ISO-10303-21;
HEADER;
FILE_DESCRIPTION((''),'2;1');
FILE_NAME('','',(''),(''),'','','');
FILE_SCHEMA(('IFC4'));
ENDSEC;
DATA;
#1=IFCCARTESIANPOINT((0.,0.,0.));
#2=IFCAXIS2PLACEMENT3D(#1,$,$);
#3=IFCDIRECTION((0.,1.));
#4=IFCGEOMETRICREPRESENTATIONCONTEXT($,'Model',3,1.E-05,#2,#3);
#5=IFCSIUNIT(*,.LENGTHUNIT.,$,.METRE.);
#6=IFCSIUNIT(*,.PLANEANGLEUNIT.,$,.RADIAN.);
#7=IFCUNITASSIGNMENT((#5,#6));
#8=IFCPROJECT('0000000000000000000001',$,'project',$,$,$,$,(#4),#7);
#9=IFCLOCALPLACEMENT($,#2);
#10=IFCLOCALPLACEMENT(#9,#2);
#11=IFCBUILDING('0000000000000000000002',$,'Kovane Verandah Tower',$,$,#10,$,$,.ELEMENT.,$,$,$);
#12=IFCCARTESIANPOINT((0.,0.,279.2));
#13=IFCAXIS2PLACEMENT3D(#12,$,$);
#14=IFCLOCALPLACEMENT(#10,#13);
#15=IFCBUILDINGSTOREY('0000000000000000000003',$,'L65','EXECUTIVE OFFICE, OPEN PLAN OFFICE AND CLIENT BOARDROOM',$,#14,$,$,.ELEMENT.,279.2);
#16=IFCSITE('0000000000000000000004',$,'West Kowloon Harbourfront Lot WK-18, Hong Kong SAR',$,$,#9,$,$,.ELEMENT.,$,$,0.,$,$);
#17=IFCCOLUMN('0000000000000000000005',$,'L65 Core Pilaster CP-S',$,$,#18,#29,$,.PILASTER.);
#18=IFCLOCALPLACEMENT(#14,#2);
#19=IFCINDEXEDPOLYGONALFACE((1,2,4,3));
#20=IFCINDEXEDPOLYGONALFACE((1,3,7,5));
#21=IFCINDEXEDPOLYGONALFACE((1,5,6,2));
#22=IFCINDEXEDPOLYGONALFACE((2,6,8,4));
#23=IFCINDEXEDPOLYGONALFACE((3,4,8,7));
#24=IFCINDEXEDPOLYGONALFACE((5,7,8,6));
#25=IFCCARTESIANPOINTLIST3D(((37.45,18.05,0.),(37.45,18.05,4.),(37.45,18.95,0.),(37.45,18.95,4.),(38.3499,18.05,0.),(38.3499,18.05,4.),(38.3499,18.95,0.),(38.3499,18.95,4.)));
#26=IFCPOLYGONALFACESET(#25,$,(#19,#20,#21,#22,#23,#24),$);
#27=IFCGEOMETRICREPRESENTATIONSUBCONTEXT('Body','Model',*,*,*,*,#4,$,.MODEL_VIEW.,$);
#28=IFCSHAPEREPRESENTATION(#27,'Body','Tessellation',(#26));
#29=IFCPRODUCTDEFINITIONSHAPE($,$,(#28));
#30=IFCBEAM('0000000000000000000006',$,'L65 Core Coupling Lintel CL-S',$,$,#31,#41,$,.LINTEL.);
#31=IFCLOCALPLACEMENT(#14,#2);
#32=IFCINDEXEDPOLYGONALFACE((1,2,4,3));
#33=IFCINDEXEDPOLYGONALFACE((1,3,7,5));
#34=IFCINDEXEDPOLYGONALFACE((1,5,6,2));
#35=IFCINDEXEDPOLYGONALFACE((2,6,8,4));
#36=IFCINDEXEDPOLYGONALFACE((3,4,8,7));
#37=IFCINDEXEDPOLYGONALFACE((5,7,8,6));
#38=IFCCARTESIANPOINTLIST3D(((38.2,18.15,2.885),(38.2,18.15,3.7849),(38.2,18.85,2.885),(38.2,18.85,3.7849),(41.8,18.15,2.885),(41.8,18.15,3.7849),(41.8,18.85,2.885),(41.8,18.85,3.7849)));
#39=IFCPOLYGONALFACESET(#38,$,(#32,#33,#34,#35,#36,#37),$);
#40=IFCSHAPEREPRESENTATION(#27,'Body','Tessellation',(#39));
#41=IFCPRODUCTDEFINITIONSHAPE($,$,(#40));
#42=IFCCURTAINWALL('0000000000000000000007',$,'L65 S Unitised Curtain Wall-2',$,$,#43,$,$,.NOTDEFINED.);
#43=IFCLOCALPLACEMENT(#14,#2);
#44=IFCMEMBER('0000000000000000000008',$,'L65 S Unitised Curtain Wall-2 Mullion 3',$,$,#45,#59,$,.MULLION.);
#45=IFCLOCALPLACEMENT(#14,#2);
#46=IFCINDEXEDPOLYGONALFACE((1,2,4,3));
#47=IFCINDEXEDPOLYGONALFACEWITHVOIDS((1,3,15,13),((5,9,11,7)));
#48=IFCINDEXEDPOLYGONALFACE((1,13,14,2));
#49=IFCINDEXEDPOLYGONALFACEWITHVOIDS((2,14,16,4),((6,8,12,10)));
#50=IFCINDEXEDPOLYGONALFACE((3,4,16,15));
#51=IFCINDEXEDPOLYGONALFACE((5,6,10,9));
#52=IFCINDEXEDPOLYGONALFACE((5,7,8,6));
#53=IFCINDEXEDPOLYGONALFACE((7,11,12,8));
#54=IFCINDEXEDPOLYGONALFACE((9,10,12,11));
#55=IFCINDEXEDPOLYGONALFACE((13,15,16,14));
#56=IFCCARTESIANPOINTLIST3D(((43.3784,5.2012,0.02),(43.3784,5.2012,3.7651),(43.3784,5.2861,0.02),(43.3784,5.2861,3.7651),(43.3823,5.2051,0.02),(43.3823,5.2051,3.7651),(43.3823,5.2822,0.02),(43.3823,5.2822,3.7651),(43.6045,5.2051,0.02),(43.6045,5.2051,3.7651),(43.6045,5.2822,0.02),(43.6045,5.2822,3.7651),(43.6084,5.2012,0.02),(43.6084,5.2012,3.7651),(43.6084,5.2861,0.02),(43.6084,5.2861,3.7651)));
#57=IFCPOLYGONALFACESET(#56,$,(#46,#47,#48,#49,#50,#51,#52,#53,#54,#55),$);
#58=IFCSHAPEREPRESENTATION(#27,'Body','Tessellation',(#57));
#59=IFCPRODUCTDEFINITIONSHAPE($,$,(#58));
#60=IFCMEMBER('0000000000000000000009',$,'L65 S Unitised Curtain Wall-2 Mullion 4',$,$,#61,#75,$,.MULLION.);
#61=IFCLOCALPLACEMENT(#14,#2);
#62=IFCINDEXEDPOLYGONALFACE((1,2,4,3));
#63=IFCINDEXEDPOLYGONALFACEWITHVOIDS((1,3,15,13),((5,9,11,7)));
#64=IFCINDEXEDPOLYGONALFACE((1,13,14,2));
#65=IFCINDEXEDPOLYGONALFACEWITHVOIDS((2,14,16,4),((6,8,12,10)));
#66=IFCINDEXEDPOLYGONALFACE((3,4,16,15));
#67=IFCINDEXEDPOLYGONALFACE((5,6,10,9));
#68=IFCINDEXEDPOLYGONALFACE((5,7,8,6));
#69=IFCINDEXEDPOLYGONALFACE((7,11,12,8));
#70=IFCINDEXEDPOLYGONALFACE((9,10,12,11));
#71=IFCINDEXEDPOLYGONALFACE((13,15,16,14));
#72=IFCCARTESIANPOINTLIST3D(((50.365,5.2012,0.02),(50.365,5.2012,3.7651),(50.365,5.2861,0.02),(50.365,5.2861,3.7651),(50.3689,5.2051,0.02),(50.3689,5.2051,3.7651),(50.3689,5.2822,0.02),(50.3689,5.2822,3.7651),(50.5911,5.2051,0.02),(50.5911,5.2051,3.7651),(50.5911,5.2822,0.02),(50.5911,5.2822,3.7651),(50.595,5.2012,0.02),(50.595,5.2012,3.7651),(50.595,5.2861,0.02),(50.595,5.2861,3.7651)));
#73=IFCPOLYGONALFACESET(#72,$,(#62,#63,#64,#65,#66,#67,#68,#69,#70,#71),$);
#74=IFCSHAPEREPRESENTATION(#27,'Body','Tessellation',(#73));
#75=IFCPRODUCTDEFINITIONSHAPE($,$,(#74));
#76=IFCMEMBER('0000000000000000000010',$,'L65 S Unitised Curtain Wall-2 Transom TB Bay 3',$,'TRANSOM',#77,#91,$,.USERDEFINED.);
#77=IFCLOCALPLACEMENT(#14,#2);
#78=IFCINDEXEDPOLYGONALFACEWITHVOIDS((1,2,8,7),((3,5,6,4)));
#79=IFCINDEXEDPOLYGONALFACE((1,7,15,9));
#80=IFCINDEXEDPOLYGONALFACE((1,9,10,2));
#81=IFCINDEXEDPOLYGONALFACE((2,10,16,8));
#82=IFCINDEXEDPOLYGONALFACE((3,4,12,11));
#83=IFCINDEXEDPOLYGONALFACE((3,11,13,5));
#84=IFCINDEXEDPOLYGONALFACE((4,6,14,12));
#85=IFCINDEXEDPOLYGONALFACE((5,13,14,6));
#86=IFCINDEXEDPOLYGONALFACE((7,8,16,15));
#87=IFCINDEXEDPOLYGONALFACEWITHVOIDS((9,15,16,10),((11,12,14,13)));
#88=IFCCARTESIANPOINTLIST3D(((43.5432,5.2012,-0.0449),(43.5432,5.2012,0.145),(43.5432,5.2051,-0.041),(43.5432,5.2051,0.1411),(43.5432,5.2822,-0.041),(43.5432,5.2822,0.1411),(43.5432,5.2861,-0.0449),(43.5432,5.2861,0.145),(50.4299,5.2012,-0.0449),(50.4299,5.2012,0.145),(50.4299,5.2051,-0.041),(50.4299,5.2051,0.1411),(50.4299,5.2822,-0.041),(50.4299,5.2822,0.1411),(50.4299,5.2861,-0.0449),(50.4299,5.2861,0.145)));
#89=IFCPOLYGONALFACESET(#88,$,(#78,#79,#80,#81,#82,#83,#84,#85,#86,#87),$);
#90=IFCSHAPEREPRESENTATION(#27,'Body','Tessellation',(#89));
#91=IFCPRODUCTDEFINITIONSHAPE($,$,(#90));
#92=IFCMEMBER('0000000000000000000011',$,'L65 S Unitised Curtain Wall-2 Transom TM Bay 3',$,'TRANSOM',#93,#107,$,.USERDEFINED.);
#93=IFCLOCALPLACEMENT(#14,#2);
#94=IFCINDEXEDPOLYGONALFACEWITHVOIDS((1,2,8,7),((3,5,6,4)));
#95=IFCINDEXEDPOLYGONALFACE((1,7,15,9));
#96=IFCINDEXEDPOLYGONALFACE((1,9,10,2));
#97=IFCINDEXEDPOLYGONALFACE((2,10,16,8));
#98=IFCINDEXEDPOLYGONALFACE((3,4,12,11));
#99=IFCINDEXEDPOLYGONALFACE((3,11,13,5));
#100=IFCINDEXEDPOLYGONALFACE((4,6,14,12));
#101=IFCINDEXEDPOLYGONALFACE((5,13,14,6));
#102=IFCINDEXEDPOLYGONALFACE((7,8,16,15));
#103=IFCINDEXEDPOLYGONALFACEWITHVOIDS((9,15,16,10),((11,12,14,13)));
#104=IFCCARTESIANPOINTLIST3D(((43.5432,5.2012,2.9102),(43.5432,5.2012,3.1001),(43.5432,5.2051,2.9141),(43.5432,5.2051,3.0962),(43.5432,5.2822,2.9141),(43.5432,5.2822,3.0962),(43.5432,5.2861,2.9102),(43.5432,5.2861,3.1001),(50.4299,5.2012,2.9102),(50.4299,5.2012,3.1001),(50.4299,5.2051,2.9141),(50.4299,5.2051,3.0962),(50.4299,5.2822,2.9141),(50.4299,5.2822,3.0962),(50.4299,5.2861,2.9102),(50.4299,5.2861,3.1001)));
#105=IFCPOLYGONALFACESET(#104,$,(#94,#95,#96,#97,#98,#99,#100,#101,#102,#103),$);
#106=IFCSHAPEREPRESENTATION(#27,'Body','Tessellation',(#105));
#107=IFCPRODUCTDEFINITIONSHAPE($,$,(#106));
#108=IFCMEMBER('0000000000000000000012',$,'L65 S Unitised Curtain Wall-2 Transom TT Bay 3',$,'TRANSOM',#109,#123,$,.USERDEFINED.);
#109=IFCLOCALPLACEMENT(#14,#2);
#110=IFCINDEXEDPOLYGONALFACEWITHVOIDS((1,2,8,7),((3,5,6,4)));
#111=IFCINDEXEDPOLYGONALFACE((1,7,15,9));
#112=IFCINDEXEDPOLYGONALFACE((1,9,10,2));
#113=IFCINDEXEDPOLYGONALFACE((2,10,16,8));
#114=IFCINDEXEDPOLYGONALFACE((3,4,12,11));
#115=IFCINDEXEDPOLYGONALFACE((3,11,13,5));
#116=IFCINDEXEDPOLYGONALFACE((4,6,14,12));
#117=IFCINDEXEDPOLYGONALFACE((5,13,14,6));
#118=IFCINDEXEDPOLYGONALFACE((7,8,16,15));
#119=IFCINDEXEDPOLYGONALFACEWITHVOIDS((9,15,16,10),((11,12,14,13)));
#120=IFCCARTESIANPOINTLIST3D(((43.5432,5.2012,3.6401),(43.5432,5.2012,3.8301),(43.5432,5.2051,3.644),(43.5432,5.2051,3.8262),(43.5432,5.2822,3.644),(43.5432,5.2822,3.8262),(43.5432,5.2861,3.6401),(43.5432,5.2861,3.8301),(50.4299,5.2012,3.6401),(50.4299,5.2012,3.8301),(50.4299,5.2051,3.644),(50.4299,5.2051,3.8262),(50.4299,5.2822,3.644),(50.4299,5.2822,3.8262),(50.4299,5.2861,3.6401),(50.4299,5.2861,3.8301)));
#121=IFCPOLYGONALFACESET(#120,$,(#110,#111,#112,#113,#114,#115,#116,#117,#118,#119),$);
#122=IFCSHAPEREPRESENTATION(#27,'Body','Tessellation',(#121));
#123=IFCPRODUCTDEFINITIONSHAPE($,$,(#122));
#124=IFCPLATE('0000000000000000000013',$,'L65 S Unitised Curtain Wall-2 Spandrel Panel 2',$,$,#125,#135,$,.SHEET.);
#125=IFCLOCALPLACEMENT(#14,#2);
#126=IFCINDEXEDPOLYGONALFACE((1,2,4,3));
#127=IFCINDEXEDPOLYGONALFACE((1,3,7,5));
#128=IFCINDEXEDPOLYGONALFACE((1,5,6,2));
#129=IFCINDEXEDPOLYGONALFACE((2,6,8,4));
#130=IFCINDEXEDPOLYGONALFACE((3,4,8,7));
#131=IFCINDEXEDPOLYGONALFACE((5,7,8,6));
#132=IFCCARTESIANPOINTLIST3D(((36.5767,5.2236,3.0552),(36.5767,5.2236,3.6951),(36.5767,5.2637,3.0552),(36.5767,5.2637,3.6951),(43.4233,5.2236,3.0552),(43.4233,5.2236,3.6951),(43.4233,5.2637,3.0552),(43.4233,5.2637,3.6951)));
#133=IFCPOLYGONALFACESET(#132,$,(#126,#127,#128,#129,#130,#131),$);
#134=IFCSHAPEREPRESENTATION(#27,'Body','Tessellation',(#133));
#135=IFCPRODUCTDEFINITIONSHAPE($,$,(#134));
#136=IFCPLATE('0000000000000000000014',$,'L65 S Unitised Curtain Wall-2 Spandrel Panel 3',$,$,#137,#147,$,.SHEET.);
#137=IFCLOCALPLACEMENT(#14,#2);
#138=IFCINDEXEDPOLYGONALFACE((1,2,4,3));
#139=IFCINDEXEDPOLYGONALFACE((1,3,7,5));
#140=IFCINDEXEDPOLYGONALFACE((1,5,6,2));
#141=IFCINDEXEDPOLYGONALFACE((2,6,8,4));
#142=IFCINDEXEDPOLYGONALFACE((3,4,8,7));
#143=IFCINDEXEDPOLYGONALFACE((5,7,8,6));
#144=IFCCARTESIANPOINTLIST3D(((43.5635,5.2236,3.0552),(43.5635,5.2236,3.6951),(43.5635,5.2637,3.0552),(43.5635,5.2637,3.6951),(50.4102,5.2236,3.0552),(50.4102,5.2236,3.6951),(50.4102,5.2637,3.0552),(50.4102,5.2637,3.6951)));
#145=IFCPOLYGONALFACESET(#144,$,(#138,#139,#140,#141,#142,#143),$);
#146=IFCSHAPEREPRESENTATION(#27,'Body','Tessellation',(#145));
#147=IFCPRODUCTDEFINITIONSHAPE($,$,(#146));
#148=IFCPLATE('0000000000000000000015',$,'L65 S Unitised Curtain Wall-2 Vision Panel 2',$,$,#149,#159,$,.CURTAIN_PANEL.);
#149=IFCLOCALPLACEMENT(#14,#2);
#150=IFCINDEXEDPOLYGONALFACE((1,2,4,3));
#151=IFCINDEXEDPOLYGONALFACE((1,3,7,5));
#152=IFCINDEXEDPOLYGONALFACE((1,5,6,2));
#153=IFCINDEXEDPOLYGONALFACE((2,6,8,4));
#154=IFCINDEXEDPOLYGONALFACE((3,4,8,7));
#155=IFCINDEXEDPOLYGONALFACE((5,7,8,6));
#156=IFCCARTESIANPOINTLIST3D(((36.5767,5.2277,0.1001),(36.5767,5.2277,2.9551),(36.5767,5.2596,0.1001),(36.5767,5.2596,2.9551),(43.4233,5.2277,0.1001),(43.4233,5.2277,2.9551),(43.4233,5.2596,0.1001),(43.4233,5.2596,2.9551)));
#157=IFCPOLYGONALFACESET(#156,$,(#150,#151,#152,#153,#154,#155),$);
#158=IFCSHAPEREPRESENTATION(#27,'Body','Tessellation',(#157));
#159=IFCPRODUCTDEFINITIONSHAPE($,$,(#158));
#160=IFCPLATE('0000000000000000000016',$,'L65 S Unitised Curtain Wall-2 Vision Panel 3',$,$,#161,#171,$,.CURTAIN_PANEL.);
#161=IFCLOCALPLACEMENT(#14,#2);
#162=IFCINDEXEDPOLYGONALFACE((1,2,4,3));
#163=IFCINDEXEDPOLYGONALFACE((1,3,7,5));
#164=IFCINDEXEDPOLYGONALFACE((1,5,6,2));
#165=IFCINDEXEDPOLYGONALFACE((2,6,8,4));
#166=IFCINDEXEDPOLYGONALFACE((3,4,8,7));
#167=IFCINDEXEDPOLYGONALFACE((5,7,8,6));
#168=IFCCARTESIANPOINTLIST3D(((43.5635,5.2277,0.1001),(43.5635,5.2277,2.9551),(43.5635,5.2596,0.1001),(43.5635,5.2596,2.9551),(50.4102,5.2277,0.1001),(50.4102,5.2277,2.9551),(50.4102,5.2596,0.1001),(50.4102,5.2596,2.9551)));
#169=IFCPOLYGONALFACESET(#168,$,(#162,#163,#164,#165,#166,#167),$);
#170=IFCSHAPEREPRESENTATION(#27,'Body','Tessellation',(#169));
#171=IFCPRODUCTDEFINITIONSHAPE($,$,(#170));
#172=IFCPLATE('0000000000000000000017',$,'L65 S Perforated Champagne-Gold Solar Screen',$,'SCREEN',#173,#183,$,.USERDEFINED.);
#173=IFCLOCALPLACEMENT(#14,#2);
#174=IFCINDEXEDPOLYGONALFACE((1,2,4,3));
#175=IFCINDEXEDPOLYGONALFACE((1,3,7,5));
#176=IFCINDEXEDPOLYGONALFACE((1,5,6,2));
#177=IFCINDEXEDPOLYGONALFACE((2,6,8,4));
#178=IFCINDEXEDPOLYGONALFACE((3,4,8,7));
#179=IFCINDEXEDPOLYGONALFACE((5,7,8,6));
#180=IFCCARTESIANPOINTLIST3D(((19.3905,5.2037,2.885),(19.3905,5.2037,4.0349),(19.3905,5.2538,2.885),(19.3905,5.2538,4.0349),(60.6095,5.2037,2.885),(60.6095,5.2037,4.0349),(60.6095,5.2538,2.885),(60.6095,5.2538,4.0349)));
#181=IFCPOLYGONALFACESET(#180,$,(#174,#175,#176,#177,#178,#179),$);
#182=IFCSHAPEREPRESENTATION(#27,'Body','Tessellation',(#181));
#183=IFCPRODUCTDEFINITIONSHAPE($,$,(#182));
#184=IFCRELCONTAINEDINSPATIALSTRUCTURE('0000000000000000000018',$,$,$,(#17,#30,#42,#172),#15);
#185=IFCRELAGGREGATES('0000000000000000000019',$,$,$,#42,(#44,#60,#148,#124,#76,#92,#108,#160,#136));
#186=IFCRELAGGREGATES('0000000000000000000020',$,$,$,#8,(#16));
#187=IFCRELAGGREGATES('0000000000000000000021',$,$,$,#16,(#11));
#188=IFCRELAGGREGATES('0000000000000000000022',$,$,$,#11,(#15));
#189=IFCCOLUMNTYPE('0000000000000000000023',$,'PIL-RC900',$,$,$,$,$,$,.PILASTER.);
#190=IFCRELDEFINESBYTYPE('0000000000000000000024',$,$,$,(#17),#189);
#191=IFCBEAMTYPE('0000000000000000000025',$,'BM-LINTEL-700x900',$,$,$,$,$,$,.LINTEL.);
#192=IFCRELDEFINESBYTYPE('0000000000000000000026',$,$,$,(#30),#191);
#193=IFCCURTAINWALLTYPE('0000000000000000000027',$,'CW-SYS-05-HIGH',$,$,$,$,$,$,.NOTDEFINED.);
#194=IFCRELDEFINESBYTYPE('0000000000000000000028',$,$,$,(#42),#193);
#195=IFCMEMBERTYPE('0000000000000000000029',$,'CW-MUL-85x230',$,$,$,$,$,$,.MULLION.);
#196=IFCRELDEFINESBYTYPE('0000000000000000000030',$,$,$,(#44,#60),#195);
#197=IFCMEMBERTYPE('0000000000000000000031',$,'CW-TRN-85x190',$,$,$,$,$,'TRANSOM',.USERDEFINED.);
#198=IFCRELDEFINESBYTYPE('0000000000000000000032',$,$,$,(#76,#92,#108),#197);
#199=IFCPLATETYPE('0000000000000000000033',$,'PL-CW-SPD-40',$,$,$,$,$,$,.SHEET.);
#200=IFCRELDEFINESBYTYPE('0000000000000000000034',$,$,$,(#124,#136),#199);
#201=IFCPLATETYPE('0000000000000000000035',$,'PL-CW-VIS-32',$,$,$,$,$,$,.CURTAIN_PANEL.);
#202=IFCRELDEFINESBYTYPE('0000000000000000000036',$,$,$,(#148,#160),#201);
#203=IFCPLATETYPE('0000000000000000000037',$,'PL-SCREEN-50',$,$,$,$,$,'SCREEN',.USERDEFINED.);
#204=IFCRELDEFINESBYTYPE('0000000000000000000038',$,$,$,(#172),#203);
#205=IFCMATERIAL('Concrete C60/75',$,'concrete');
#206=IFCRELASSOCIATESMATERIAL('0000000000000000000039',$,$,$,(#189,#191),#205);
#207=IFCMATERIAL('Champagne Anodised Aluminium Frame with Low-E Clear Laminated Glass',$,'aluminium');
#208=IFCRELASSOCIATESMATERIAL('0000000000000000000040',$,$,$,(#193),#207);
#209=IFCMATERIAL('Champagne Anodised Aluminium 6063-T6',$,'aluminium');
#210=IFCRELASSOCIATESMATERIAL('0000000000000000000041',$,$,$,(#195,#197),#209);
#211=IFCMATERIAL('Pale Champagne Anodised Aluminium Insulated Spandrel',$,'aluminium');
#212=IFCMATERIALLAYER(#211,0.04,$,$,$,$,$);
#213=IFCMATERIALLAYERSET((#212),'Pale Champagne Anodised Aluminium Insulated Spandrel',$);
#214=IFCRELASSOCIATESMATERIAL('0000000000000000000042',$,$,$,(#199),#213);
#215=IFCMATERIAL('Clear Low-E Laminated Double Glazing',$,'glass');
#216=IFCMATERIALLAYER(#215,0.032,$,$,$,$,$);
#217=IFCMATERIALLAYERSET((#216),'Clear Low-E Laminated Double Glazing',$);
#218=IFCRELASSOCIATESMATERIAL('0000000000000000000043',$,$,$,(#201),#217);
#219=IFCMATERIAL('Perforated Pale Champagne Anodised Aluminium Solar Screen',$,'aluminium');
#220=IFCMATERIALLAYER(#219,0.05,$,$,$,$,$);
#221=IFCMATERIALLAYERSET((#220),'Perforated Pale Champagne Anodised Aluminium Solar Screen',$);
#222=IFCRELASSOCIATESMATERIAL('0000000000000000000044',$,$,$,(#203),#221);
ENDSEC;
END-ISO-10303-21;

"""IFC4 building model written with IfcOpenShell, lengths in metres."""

from ifc_helpers import new_model, si_unit, direction, frame, origin, origin_2d, place, context, subcontext, project, spatial, rectangle, hollow_rectangle, extrude, material, layer, layer_set, material_profile, profile_set, type_object, element, aggregate, save


model = new_model("IFC4")

# Units and contexts
model_context = context("Model", 3, precision=1e-05, world=origin(), true_north=direction((0.0, 1.0)))
body_context = subcontext(model_context, "Body", "Model", "MODEL_VIEW")
ifc_project = project(units=[si_unit("LENGTHUNIT", "METRE"), si_unit("PLANEANGLEUNIT", "RADIAN")], contexts=[model_context])

# Site, building, storey
site_placement = place(None, origin())
site = spatial("IfcSite", under=ifc_project, at=site_placement, Name="West Kowloon Harbourfront Lot WK-18, Hong Kong SAR", CompositionType="ELEMENT", RefElevation=0.0)
building_placement = place(site_placement, origin())
building = spatial("IfcBuilding", under=site, at=building_placement, Name="Kovane Verandah Tower", CompositionType="ELEMENT")
storey_placement = place(building_placement, frame((0.0, 0.0, 279.2)))
storey = spatial("IfcBuildingStorey", under=building, at=storey_placement, Name="L65", Description="EXECUTIVE OFFICE, OPEN PLAN OFFICE AND CLIENT BOARDROOM", CompositionType="ELEMENT", Elevation=279.2)

# Column
ifc_material_1 = material(Name="Concrete C60/75", Category="concrete")
ifc_material_profile_1 = material_profile(ifc_material_1, rectangle(XDim=0.8999, YDim=0.8999, at=origin_2d()), Name="RC900x900")
ifc_profile_set_1 = profile_set([ifc_material_profile_1], Name="Concrete C60/75")
column_type = type_object("IfcColumnType", Name="PIL-RC900", PredefinedType="PILASTER", material=ifc_profile_set_1)
column_placement = place(storey_placement, frame((37.8999, 18.5, 0.0), z_axis=(0.0, 0.0, 1.0), x_axis=(1.0, 0.0, 0.0)))
element("IfcColumn", 1, at=column_placement, inside=storey, type_object=column_type, Name="L65 Core Pilaster CP-S", PredefinedType="PILASTER", context=body_context, shape_type="SweptSolid", body=[
    extrude(rectangle(XDim=0.8999, YDim=0.8999, at=origin_2d()), origin(), (0.0, 0.0, 1.0), 4.0),
])

# Beam
ifc_material_profile_2 = material_profile(ifc_material_1, rectangle(XDim=0.7, YDim=0.8999, at=origin_2d()), Name="RCB700x900")
ifc_profile_set_2 = profile_set([ifc_material_profile_2], Name="Concrete C60/75")
beam_type = type_object("IfcBeamType", Name="BM-LINTEL-700x900", PredefinedType="LINTEL", material=ifc_profile_set_2)
beam_placement = place(storey_placement, frame((38.2, 18.5, 3.335), z_axis=(1.0, 0.0, 0.0), x_axis=(0.0, 1.0, 0.0)))
element("IfcBeam", 2, at=beam_placement, inside=storey, type_object=beam_type, Name="L65 Core Coupling Lintel CL-S", PredefinedType="LINTEL", context=body_context, shape_type="SweptSolid", body=[
    extrude(rectangle(XDim=0.7, YDim=0.8999, at=origin_2d()), origin(), (0.0, 0.0, 1.0), 3.6001),
])

# Curtain wall, members, plates
ifc_material_2 = material(Name="Champagne Anodised Aluminium Frame with Low-E Clear Laminated Glass", Category="aluminium")
curtain_wall_type = type_object("IfcCurtainWallType", Name="CW-SYS-05-HIGH", PredefinedType="NOTDEFINED", material=ifc_material_2)
curtain_wall_placement = place(storey_placement, origin())
curtain_wall = element("IfcCurtainWall", 3, at=curtain_wall_placement, inside=storey, type_object=curtain_wall_type, Name="L65 S Unitised Curtain Wall-2", PredefinedType="NOTDEFINED")
ifc_material_3 = material(Name="Champagne Anodised Aluminium 6063-T6", Category="aluminium")
ifc_material_profile_3 = material_profile(ifc_material_3, hollow_rectangle(XDim=0.085, YDim=0.23, WallThickness=0.0039, at=origin_2d()), Name="AL85x230x4")
ifc_profile_set_3 = profile_set([ifc_material_profile_3], Name="Champagne Anodised Aluminium 6063-T6")
member_type_1 = type_object("IfcMemberType", Name="CW-MUL-85x230", PredefinedType="MULLION", material=ifc_profile_set_3)
member_1_placement = place(storey_placement, frame((43.4934, 5.2437, 0.02), z_axis=(0.0, 0.0, 1.0), x_axis=(0.0, -1.0, 0.0)))
member_1 = element("IfcMember", 4, at=member_1_placement, type_object=member_type_1, Name="L65 S Unitised Curtain Wall-2 Mullion 3", PredefinedType="MULLION", context=body_context, shape_type="SweptSolid", body=[
    extrude(hollow_rectangle(XDim=0.085, YDim=0.23, WallThickness=0.0039, at=origin_2d()), origin(), (0.0, 0.0, 1.0), 3.7451),
])
member_2_placement = place(storey_placement, frame((50.48, 5.2437, 0.02), z_axis=(0.0, 0.0, 1.0), x_axis=(0.0, -1.0, 0.0)))
member_2 = element("IfcMember", 5, at=member_2_placement, type_object=member_type_1, Name="L65 S Unitised Curtain Wall-2 Mullion 4", PredefinedType="MULLION", context=body_context, shape_type="SweptSolid", body=[
    extrude(hollow_rectangle(XDim=0.085, YDim=0.23, WallThickness=0.0039, at=origin_2d()), origin(), (0.0, 0.0, 1.0), 3.7451),
])
ifc_material_profile_4 = material_profile(ifc_material_3, hollow_rectangle(XDim=0.085, YDim=0.1899, WallThickness=0.0039, at=origin_2d()), Name="AL85x190x4")
ifc_profile_set_4 = profile_set([ifc_material_profile_4], Name="Champagne Anodised Aluminium 6063-T6")
member_type_2 = type_object("IfcMemberType", Name="CW-TRN-85x190", ElementType="TRANSOM", PredefinedType="USERDEFINED", material=ifc_profile_set_4)
member_3_placement = place(storey_placement, frame((43.5432, 5.2437, 0.05), z_axis=(1.0, 0.0, 0.0), x_axis=(0.0, 1.0, 0.0)))
member_3 = element("IfcMember", 6, at=member_3_placement, type_object=member_type_2, Name="L65 S Unitised Curtain Wall-2 Transom TB Bay 3", ObjectType="TRANSOM", PredefinedType="USERDEFINED", context=body_context, shape_type="SweptSolid", body=[
    extrude(hollow_rectangle(XDim=0.085, YDim=0.1899, WallThickness=0.0039, at=origin_2d()), origin(), (0.0, 0.0, 1.0), 6.8867),
])
member_4_placement = place(storey_placement, frame((43.5432, 5.2437, 3.0051), z_axis=(1.0, 0.0, 0.0), x_axis=(0.0, 1.0, 0.0)))
member_4 = element("IfcMember", 7, at=member_4_placement, type_object=member_type_2, Name="L65 S Unitised Curtain Wall-2 Transom TM Bay 3", ObjectType="TRANSOM", PredefinedType="USERDEFINED", context=body_context, shape_type="SweptSolid", body=[
    extrude(hollow_rectangle(XDim=0.085, YDim=0.1899, WallThickness=0.0039, at=origin_2d()), origin(), (0.0, 0.0, 1.0), 6.8867),
])
member_5_placement = place(storey_placement, frame((43.5432, 5.2437, 3.7351), z_axis=(1.0, 0.0, 0.0), x_axis=(0.0, 1.0, 0.0)))
member_5 = element("IfcMember", 8, at=member_5_placement, type_object=member_type_2, Name="L65 S Unitised Curtain Wall-2 Transom TT Bay 3", ObjectType="TRANSOM", PredefinedType="USERDEFINED", context=body_context, shape_type="SweptSolid", body=[
    extrude(hollow_rectangle(XDim=0.085, YDim=0.1899, WallThickness=0.0039, at=origin_2d()), origin(), (0.0, 0.0, 1.0), 6.8867),
])
ifc_material_4 = material(Name="Pale Champagne Anodised Aluminium Insulated Spandrel", Category="aluminium")
ifc_layer_1 = layer(ifc_material_4, 0.04)
ifc_layer_set_1 = layer_set([ifc_layer_1], Name="Pale Champagne Anodised Aluminium Insulated Spandrel")
plate_type_1 = type_object("IfcPlateType", Name="PL-CW-SPD-40", PredefinedType="SHEET", material=ifc_layer_set_1)
plate_1_placement = place(storey_placement, frame((40.0, 5.2437, 3.0552), z_axis=(0.0, 0.0, 1.0), x_axis=(1.0, 0.0, 0.0)))
plate_1 = element("IfcPlate", 9, at=plate_1_placement, type_object=plate_type_1, Name="L65 S Unitised Curtain Wall-2 Spandrel Panel 2", PredefinedType="SHEET", context=body_context, shape_type="SweptSolid", body=[
    extrude(rectangle(XDim=6.8467, YDim=0.04, at=origin_2d()), origin(), (0.0, 0.0, 1.0), 0.6399),
])
plate_2_placement = place(storey_placement, frame((46.9868, 5.2437, 3.0552), z_axis=(0.0, 0.0, 1.0), x_axis=(1.0, 0.0, 0.0)))
plate_2 = element("IfcPlate", 10, at=plate_2_placement, type_object=plate_type_1, Name="L65 S Unitised Curtain Wall-2 Spandrel Panel 3", PredefinedType="SHEET", context=body_context, shape_type="SweptSolid", body=[
    extrude(rectangle(XDim=6.8467, YDim=0.04, at=origin_2d()), origin(), (0.0, 0.0, 1.0), 0.6399),
])
ifc_material_5 = material(Name="Clear Low-E Laminated Double Glazing", Category="glass")
ifc_layer_2 = layer(ifc_material_5, 0.032)
ifc_layer_set_2 = layer_set([ifc_layer_2], Name="Clear Low-E Laminated Double Glazing")
plate_type_2 = type_object("IfcPlateType", Name="PL-CW-VIS-32", PredefinedType="CURTAIN_PANEL", material=ifc_layer_set_2)
plate_3_placement = place(storey_placement, frame((40.0, 5.2437, 0.1001), z_axis=(0.0, 0.0, 1.0), x_axis=(1.0, 0.0, 0.0)))
plate_3 = element("IfcPlate", 11, at=plate_3_placement, type_object=plate_type_2, Name="L65 S Unitised Curtain Wall-2 Vision Panel 2", PredefinedType="CURTAIN_PANEL", context=body_context, shape_type="SweptSolid", body=[
    extrude(rectangle(XDim=6.8467, YDim=0.032, at=origin_2d()), origin(), (0.0, 0.0, 1.0), 2.855),
])
plate_4_placement = place(storey_placement, frame((46.9868, 5.2437, 0.1001), z_axis=(0.0, 0.0, 1.0), x_axis=(1.0, 0.0, 0.0)))
plate_4 = element("IfcPlate", 12, at=plate_4_placement, type_object=plate_type_2, Name="L65 S Unitised Curtain Wall-2 Vision Panel 3", PredefinedType="CURTAIN_PANEL", context=body_context, shape_type="SweptSolid", body=[
    extrude(rectangle(XDim=6.8467, YDim=0.032, at=origin_2d()), origin(), (0.0, 0.0, 1.0), 2.855),
])
aggregate(curtain_wall, [member_1, member_2, plate_3, plate_1, member_3, member_4, member_5, plate_4, plate_2])

# Plate
ifc_material_6 = material(Name="Perforated Pale Champagne Anodised Aluminium Solar Screen", Category="aluminium")
ifc_layer_3 = layer(ifc_material_6, 0.05)
ifc_layer_set_3 = layer_set([ifc_layer_3], Name="Perforated Pale Champagne Anodised Aluminium Solar Screen")
plate_type_3 = type_object("IfcPlateType", Name="PL-SCREEN-50", ElementType="SCREEN", PredefinedType="USERDEFINED", material=ifc_layer_set_3)
plate_5_placement = place(storey_placement, frame((40.0, 5.2288, 2.885), z_axis=(0.0, 0.0, 1.0), x_axis=(1.0, 0.0, 0.0)))
element("IfcPlate", 13, at=plate_5_placement, inside=storey, type_object=plate_type_3, Name="L65 S Perforated Champagne-Gold Solar Screen", ObjectType="SCREEN", PredefinedType="USERDEFINED", context=body_context, shape_type="SweptSolid", body=[
    extrude(rectangle(XDim=41.219, YDim=0.05, at=origin_2d()), origin(), (0.0, 0.0, 1.0), 1.1499),
])

save(model, "model.ifc")
